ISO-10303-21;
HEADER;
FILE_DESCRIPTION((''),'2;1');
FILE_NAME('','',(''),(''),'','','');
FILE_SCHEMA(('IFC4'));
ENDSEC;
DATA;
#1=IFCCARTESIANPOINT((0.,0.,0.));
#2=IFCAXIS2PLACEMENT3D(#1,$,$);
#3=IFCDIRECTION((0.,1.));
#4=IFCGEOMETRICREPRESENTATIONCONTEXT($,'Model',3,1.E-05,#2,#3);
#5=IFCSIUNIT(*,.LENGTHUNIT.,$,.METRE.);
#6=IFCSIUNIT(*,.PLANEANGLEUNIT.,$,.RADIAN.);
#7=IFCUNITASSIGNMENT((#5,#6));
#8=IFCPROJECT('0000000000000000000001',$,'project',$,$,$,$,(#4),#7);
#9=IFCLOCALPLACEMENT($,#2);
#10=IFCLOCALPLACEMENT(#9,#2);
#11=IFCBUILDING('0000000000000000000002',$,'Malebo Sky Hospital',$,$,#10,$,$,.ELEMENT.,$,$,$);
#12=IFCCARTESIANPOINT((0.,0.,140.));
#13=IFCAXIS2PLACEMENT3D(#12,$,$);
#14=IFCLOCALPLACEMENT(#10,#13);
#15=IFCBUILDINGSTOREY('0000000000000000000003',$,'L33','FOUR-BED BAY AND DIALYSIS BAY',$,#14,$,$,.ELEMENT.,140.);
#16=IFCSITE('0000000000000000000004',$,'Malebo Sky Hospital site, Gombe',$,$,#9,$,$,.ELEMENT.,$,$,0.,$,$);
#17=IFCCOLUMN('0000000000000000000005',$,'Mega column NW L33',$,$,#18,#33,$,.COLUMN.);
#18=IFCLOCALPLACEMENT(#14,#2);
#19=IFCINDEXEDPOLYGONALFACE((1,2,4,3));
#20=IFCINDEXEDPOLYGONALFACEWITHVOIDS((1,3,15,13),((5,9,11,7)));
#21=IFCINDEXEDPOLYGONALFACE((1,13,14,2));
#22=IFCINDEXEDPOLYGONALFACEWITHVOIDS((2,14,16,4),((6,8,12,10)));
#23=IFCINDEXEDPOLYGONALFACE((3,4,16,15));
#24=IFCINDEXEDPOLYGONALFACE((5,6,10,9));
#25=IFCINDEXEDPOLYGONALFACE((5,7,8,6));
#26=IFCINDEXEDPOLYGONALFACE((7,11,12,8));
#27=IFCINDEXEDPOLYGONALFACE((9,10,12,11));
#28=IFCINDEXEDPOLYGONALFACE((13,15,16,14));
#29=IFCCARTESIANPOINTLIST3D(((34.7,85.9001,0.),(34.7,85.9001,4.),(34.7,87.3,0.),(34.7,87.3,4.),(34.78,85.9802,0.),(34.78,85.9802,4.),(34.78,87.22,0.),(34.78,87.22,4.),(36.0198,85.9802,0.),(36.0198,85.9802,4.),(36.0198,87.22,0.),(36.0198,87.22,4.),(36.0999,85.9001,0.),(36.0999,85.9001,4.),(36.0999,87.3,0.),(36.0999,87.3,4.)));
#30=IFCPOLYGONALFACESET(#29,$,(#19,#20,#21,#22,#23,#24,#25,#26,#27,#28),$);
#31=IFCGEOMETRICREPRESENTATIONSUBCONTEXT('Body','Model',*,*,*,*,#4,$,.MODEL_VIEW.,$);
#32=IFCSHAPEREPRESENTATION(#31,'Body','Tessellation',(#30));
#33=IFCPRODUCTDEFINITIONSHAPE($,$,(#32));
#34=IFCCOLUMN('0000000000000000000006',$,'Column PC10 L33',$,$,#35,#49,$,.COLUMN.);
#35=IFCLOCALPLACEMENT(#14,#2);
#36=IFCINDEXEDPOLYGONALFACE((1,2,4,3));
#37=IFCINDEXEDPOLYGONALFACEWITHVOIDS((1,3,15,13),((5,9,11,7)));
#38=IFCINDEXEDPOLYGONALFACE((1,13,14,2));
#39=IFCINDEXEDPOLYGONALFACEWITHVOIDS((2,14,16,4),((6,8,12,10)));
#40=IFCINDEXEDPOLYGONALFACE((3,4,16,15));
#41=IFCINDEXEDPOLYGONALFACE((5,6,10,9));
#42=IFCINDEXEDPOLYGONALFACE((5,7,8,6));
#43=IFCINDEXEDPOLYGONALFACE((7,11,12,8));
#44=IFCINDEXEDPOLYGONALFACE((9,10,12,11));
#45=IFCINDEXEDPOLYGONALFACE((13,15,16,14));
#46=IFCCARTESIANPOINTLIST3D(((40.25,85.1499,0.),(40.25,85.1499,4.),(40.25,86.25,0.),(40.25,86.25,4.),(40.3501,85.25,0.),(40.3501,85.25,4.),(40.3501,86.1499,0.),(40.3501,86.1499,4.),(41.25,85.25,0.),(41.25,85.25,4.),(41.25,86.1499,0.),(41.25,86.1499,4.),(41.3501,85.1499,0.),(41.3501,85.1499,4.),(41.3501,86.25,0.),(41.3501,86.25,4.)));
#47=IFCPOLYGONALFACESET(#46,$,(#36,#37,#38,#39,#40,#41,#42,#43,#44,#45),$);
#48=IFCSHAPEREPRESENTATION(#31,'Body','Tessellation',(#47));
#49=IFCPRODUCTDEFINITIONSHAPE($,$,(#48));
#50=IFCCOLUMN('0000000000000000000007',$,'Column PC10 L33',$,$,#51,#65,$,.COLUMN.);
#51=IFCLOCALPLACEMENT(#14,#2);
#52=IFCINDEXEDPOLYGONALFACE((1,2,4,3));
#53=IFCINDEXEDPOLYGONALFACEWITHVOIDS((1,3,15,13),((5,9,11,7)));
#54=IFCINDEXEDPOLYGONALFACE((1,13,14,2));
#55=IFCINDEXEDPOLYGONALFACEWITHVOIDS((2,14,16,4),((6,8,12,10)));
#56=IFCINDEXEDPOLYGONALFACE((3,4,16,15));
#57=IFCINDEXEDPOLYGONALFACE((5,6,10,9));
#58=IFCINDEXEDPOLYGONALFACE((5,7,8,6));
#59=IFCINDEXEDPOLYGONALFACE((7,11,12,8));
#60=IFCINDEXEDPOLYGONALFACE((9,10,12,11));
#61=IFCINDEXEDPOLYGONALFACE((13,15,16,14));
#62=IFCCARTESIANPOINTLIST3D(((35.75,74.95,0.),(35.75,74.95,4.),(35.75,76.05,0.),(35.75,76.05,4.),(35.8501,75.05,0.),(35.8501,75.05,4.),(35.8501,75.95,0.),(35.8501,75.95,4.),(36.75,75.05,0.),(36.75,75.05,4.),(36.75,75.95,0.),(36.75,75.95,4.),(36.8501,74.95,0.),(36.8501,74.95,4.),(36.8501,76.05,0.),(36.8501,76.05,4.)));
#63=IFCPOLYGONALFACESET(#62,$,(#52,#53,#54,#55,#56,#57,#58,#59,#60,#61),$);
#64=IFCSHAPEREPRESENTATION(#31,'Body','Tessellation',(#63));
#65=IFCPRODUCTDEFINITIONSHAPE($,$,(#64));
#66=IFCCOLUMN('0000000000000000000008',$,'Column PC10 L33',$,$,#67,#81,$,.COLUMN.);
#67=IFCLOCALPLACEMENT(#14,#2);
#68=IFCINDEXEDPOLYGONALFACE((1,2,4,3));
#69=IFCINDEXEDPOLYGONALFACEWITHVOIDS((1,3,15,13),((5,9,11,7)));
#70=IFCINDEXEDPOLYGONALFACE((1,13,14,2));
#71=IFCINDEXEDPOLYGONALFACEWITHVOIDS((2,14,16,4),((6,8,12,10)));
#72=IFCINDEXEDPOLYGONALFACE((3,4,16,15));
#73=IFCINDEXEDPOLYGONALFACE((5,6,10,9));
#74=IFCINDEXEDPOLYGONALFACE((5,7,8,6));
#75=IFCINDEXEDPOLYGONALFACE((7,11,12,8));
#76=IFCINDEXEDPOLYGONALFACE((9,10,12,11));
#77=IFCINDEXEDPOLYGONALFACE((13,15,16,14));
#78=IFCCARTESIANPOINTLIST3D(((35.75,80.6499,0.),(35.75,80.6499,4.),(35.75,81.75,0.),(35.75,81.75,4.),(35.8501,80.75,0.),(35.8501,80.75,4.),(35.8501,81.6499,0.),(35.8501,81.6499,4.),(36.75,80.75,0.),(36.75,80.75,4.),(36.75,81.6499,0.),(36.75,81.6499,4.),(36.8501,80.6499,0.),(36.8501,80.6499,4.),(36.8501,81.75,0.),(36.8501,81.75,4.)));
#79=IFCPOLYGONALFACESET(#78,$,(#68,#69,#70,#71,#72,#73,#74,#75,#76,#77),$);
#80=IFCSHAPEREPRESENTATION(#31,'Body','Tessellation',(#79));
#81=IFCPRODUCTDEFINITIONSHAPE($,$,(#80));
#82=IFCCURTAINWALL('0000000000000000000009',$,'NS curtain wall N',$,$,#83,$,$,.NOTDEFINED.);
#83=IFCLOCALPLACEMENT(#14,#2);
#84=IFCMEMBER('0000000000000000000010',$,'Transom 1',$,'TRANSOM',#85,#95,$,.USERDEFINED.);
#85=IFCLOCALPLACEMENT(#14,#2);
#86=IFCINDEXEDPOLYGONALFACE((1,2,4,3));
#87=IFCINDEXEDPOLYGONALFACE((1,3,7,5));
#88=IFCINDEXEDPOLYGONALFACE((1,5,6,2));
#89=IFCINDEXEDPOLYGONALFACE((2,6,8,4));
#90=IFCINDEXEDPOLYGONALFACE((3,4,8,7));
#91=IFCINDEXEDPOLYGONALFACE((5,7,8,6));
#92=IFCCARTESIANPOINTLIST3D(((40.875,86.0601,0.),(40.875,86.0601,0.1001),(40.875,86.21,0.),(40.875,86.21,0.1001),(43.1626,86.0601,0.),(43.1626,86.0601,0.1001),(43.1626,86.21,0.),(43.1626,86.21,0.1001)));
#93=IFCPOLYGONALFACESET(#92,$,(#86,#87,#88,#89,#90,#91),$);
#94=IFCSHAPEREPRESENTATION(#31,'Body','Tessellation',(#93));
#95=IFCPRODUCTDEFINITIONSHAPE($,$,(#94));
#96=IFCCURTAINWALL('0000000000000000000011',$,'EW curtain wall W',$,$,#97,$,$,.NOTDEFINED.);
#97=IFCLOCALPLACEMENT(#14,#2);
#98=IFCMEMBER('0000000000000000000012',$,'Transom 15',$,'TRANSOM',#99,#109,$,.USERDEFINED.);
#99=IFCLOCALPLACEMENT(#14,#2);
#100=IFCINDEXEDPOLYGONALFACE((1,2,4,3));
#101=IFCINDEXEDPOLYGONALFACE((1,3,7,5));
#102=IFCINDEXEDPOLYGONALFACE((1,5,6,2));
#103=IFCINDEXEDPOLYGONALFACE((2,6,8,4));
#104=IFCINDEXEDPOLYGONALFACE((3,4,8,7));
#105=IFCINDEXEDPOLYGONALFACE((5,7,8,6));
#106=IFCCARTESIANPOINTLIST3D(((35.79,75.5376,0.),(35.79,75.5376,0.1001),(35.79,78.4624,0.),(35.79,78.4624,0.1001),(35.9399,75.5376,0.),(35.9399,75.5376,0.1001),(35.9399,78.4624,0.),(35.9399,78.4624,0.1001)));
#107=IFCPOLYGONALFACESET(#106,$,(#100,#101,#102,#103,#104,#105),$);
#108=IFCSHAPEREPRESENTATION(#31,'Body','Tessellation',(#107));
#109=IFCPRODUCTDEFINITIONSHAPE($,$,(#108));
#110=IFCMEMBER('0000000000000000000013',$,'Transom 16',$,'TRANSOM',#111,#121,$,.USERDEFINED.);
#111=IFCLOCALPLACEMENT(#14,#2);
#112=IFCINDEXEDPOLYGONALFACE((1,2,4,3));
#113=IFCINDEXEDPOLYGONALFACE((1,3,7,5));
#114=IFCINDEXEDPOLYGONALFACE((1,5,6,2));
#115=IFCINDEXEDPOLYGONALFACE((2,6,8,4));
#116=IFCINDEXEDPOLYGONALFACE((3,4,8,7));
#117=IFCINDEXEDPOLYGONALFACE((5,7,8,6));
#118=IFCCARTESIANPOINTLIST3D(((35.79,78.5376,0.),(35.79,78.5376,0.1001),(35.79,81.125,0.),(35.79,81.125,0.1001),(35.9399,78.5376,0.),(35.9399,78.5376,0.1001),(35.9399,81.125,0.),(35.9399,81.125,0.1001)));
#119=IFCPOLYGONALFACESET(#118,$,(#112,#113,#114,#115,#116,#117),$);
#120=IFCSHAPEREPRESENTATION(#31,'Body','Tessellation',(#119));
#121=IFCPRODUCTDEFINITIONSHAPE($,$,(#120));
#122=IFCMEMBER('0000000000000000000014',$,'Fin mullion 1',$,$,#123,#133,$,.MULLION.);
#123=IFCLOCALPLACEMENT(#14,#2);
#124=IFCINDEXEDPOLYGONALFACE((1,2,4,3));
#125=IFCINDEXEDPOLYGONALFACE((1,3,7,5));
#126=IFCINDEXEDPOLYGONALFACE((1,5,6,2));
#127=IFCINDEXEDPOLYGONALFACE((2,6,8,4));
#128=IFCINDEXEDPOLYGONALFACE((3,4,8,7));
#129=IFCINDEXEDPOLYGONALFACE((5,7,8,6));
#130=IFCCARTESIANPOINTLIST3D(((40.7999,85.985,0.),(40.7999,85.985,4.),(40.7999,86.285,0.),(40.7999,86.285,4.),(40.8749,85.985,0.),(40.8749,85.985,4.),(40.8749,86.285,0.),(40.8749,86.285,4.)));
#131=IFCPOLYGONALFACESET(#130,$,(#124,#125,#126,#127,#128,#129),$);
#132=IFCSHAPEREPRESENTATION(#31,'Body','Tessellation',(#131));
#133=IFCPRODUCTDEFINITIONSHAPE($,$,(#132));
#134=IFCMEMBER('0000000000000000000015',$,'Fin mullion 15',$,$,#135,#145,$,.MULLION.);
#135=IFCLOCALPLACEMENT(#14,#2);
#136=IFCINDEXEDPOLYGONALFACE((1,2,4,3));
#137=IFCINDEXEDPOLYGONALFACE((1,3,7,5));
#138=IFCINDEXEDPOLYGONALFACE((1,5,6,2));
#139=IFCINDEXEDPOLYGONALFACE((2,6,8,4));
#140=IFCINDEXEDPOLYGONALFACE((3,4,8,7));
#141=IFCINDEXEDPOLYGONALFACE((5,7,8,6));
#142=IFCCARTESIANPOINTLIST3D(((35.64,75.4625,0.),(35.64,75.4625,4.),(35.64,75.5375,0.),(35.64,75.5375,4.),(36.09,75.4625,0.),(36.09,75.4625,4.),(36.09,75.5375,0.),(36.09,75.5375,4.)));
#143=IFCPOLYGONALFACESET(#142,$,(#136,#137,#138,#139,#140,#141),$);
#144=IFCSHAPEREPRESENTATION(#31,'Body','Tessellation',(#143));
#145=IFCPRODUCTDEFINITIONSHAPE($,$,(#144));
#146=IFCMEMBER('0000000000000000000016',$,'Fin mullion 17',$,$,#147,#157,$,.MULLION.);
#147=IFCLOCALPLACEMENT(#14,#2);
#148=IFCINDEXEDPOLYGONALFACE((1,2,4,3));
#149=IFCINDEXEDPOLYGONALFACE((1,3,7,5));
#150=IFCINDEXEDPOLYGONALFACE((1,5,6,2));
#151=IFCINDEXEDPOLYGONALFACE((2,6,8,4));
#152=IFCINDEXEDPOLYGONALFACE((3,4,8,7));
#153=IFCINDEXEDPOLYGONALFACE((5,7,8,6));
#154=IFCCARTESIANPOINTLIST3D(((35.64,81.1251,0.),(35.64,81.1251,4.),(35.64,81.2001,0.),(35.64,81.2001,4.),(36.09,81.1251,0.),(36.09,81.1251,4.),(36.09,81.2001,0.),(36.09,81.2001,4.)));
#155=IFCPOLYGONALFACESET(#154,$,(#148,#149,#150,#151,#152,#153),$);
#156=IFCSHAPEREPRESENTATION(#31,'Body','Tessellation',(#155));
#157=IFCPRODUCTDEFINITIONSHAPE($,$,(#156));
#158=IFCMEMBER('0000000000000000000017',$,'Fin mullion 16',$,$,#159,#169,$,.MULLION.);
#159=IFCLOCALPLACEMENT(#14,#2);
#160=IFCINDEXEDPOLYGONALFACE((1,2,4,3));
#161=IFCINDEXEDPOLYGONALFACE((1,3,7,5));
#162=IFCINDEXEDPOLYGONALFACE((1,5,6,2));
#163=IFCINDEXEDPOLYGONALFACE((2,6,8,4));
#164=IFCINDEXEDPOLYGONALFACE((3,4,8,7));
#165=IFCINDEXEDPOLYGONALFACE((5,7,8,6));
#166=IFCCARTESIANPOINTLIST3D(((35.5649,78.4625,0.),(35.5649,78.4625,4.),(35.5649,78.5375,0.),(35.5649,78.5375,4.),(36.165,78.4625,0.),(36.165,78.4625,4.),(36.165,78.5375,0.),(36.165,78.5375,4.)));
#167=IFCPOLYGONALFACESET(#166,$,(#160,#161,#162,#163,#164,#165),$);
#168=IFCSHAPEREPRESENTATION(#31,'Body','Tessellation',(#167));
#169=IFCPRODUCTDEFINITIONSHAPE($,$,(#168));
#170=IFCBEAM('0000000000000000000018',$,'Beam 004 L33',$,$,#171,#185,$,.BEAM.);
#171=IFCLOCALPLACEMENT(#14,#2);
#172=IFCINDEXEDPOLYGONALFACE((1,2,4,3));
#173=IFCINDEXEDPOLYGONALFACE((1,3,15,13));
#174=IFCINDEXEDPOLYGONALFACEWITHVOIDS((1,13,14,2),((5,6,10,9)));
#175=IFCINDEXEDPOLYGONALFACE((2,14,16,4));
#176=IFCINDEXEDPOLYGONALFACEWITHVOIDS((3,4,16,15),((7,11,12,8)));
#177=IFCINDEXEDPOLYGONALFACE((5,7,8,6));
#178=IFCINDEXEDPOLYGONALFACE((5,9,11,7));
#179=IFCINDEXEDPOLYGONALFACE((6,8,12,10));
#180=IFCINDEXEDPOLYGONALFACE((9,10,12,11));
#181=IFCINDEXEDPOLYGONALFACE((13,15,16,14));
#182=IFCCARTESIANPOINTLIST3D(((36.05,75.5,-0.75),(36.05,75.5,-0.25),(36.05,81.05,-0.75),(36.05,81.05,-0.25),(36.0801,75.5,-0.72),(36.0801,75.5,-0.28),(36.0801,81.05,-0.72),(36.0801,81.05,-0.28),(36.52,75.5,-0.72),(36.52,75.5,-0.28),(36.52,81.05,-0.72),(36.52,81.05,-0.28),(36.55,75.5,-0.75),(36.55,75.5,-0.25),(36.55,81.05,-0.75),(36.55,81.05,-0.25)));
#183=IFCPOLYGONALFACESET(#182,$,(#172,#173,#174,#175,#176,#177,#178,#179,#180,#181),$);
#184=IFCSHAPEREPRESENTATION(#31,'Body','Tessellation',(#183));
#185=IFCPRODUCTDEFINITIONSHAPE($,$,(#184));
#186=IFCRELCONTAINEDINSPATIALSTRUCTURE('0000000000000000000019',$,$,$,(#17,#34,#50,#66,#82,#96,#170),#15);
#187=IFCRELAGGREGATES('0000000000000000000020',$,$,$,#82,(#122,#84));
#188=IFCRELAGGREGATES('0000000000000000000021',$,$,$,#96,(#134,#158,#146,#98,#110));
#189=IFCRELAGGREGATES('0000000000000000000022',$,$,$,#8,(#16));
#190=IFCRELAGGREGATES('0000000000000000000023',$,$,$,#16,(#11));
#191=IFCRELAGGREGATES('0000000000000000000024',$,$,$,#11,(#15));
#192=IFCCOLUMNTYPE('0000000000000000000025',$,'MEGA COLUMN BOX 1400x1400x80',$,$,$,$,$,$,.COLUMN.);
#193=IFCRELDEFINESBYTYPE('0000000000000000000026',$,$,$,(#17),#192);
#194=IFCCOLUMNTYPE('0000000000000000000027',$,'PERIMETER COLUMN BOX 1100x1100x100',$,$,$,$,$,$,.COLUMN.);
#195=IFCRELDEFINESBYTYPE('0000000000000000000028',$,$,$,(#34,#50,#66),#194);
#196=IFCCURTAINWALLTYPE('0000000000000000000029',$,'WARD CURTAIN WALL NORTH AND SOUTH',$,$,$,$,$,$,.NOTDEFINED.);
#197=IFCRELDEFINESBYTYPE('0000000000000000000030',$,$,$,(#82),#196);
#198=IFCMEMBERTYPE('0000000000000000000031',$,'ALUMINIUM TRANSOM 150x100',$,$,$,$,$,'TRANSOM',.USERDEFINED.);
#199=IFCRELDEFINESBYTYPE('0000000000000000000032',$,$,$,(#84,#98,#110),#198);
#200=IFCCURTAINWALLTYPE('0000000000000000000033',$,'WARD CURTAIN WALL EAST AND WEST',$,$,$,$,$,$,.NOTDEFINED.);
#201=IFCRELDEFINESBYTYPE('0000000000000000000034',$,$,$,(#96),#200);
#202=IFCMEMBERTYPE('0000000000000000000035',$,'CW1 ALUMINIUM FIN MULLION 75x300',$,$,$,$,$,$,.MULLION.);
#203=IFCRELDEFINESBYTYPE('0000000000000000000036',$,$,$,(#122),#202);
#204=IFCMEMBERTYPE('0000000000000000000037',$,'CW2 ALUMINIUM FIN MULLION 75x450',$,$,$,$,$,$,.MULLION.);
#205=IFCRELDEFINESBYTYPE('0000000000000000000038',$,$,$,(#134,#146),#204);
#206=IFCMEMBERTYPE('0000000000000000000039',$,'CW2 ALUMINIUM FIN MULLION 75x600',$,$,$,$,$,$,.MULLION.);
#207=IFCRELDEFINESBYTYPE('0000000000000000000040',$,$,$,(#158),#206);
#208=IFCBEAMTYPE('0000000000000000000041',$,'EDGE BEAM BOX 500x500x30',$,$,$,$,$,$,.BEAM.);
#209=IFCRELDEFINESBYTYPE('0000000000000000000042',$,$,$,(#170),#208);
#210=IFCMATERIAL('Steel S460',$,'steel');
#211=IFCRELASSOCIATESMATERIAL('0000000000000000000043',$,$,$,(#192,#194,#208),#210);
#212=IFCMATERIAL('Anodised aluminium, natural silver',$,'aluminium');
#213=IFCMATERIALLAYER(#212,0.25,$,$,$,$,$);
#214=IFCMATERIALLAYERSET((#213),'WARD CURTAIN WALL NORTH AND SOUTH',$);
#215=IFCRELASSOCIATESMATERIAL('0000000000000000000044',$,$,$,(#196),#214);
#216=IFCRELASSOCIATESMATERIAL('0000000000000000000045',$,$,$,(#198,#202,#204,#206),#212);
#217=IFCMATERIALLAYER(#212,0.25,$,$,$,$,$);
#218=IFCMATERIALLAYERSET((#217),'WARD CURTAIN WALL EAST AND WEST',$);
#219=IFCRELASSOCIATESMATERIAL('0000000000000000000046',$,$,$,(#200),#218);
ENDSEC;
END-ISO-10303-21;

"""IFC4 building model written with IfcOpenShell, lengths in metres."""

from ifc_helpers import new_model, si_unit, direction, frame, origin, origin_2d, place, context, subcontext, project, spatial, rectangle, hollow_rectangle, extrude, material, layer, layer_set, material_profile, profile_set, type_object, element, aggregate, save


model = new_model("IFC4")

# Units and contexts
model_context = context("Model", 3, precision=1e-05, world=origin(), true_north=direction((0.0, 1.0)))
body_context = subcontext(model_context, "Body", "Model", "MODEL_VIEW")
ifc_project = project(units=[si_unit("LENGTHUNIT", "METRE"), si_unit("PLANEANGLEUNIT", "RADIAN")], contexts=[model_context])

# Site, building, storey
site_placement = place(None, origin())
site = spatial("IfcSite", under=ifc_project, at=site_placement, Name="Malebo Sky Hospital site, Gombe", CompositionType="ELEMENT", RefElevation=0.0)
building_placement = place(site_placement, origin())
building = spatial("IfcBuilding", under=site, at=building_placement, Name="Malebo Sky Hospital", CompositionType="ELEMENT")
storey_placement = place(building_placement, frame((0.0, 0.0, 140.0)))
storey = spatial("IfcBuildingStorey", under=building, at=storey_placement, Name="L33", Description="FOUR-BED BAY AND DIALYSIS BAY", CompositionType="ELEMENT", Elevation=140.0)

# Columns
ifc_material_1 = material(Name="Steel S460", Category="steel")
ifc_material_profile_1 = material_profile(ifc_material_1, hollow_rectangle(XDim=1.3999, YDim=1.3999, WallThickness=0.0801, at=origin_2d()), Name="BOX 1400x1400x80")
ifc_profile_set_1 = profile_set([ifc_material_profile_1], Name="Steel S460")
column_type_1 = type_object("IfcColumnType", Name="MEGA COLUMN BOX 1400x1400x80", PredefinedType="COLUMN", material=ifc_profile_set_1)
column_placement = place(storey_placement, frame((35.3999, 86.6001, 0.0), z_axis=(0.0, 0.0, 1.0), x_axis=(1.0, 0.0, 0.0)))
element("IfcColumn", 1, at=column_placement, inside=storey, type_object=column_type_1, Name="Mega column NW L33", PredefinedType="COLUMN", context=body_context, shape_type="SweptSolid", body=[
    extrude(hollow_rectangle(XDim=1.3999, YDim=1.3999, WallThickness=0.0801, at=origin_2d()), origin(), (0.0, 0.0, 1.0), 4.0),
])
ifc_material_profile_2 = material_profile(ifc_material_1, hollow_rectangle(XDim=1.1001, YDim=1.1001, WallThickness=0.1001, at=origin_2d()), Name="BOX 1100x1100x100")
ifc_profile_set_2 = profile_set([ifc_material_profile_2], Name="Steel S460")
column_type_2 = type_object("IfcColumnType", Name="PERIMETER COLUMN BOX 1100x1100x100", PredefinedType="COLUMN", material=ifc_profile_set_2)
for number, where, z_axis, x_axis, name in (
    (2, (40.8, 85.7, 0.0), (0.0, 0.0, 1.0), (1.0, 0.0, 0.0), "Column PC10 L33"),
    (3, (36.3, 75.5, 0.0), (0.0, 0.0, 1.0), (1.0, 0.0, 0.0), "Column PC10 L33"),
    (4, (36.3, 81.2, 0.0), (0.0, 0.0, 1.0), (1.0, 0.0, 0.0), "Column PC10 L33"),
):
    element("IfcColumn", number, at=place(storey_placement, frame(where, z_axis=z_axis, x_axis=x_axis)), inside=storey, type_object=column_type_2, Name=name, PredefinedType="COLUMN", context=body_context, shape_type="SweptSolid", body=[
        extrude(hollow_rectangle(XDim=1.1001, YDim=1.1001, WallThickness=0.1001, at=origin_2d()), origin(), (0.0, 0.0, 1.0), 4.0),
    ])

# Curtain wall, member
ifc_material_2 = material(Name="Anodised aluminium, natural silver", Category="aluminium")
ifc_layer_1 = layer(ifc_material_2, 0.25)
ifc_layer_set_1 = layer_set([ifc_layer_1], Name="WARD CURTAIN WALL NORTH AND SOUTH")
curtain_wall_type_1 = type_object("IfcCurtainWallType", Name="WARD CURTAIN WALL NORTH AND SOUTH", PredefinedType="NOTDEFINED", material=ifc_layer_set_1)
curtain_wall_1_placement = place(storey_placement, origin())
curtain_wall_1 = element("IfcCurtainWall", 5, at=curtain_wall_1_placement, inside=storey, type_object=curtain_wall_type_1, Name="NS curtain wall N", PredefinedType="NOTDEFINED")
ifc_material_profile_3 = material_profile(ifc_material_2, rectangle(XDim=0.1499, YDim=0.1001, at=origin_2d()), Name="ALUMINIUM TRANSOM 150x100")
ifc_profile_set_3 = profile_set([ifc_material_profile_3], Name="Anodised aluminium, natural silver")
member_type_1 = type_object("IfcMemberType", Name="ALUMINIUM TRANSOM 150x100", ElementType="TRANSOM", PredefinedType="USERDEFINED", material=ifc_profile_set_3)
member_1_placement = place(storey_placement, frame((40.875, 86.135, 0.05), z_axis=(1.0, 0.0, 0.0), x_axis=(0.0, 1.0, 0.0)))
member_1 = element("IfcMember", 6, at=member_1_placement, type_object=member_type_1, Name="Transom 1", ObjectType="TRANSOM", PredefinedType="USERDEFINED", context=body_context, shape_type="SweptSolid", body=[
    extrude(rectangle(XDim=0.1499, YDim=0.1001, at=origin_2d()), origin(), (0.0, 0.0, 1.0), 2.2876),
])

# Curtain wall, members
ifc_layer_2 = layer(ifc_material_2, 0.25)
ifc_layer_set_2 = layer_set([ifc_layer_2], Name="WARD CURTAIN WALL EAST AND WEST")
curtain_wall_type_2 = type_object("IfcCurtainWallType", Name="WARD CURTAIN WALL EAST AND WEST", PredefinedType="NOTDEFINED", material=ifc_layer_set_2)
curtain_wall_2_placement = place(storey_placement, origin())
curtain_wall_2 = element("IfcCurtainWall", 7, at=curtain_wall_2_placement, inside=storey, type_object=curtain_wall_type_2, Name="EW curtain wall W", PredefinedType="NOTDEFINED")
member_2_placement = place(storey_placement, frame((35.865, 75.5376, 0.05), z_axis=(0.0, 1.0, 0.0), x_axis=(-1.0, 0.0, 0.0)))
member_2 = element("IfcMember", 8, at=member_2_placement, type_object=member_type_1, Name="Transom 15", ObjectType="TRANSOM", PredefinedType="USERDEFINED", context=body_context, shape_type="SweptSolid", body=[
    extrude(rectangle(XDim=0.1499, YDim=0.1001, at=origin_2d()), origin(), (0.0, 0.0, 1.0), 2.9248),
])
member_3_placement = place(storey_placement, frame((35.865, 78.5376, 0.05), z_axis=(0.0, 1.0, 0.0), x_axis=(-1.0, 0.0, 0.0)))
member_3 = element("IfcMember", 9, at=member_3_placement, type_object=member_type_1, Name="Transom 16", ObjectType="TRANSOM", PredefinedType="USERDEFINED", context=body_context, shape_type="SweptSolid", body=[
    extrude(rectangle(XDim=0.1499, YDim=0.1001, at=origin_2d()), origin(), (0.0, 0.0, 1.0), 2.5874),
])

# Members
ifc_material_profile_4 = material_profile(ifc_material_2, rectangle(XDim=0.075, YDim=0.3, at=origin_2d()), Name="CW1 ALUMINIUM FIN MULLION 75x300")
ifc_profile_set_4 = profile_set([ifc_material_profile_4], Name="Anodised aluminium, natural silver")
member_type_2 = type_object("IfcMemberType", Name="CW1 ALUMINIUM FIN MULLION 75x300", PredefinedType="MULLION", material=ifc_profile_set_4)
member_4_placement = place(storey_placement, frame((40.8374, 86.135, 0.0), z_axis=(0.0, 0.0, 1.0), x_axis=(1.0, 0.0, 0.0)))
member_4 = element("IfcMember", 10, at=member_4_placement, type_object=member_type_2, Name="Fin mullion 1", PredefinedType="MULLION", context=body_context, shape_type="SweptSolid", body=[
    extrude(rectangle(XDim=0.075, YDim=0.3, at=origin_2d()), origin(), (0.0, 0.0, 1.0), 4.0),
])
ifc_material_profile_5 = material_profile(ifc_material_2, rectangle(XDim=0.075, YDim=0.45, at=origin_2d()), Name="CW2 ALUMINIUM FIN MULLION 75x450")
ifc_profile_set_5 = profile_set([ifc_material_profile_5], Name="Anodised aluminium, natural silver")
member_type_3 = type_object("IfcMemberType", Name="CW2 ALUMINIUM FIN MULLION 75x450", PredefinedType="MULLION", material=ifc_profile_set_5)
member_5_placement = place(storey_placement, frame((35.865, 75.5, 0.0), z_axis=(0.0, 0.0, 1.0), x_axis=(0.0, 1.0, 0.0)))
member_5 = element("IfcMember", 11, at=member_5_placement, type_object=member_type_3, Name="Fin mullion 15", PredefinedType="MULLION", context=body_context, shape_type="SweptSolid", body=[
    extrude(rectangle(XDim=0.075, YDim=0.45, at=origin_2d()), origin(), (0.0, 0.0, 1.0), 4.0),
])
member_6_placement = place(storey_placement, frame((35.865, 81.1626, 0.0), z_axis=(0.0, 0.0, 1.0), x_axis=(0.0, 1.0, 0.0)))
member_6 = element("IfcMember", 12, at=member_6_placement, type_object=member_type_3, Name="Fin mullion 17", PredefinedType="MULLION", context=body_context, shape_type="SweptSolid", body=[
    extrude(rectangle(XDim=0.075, YDim=0.45, at=origin_2d()), origin(), (0.0, 0.0, 1.0), 4.0),
])
ifc_material_profile_6 = material_profile(ifc_material_2, rectangle(XDim=0.075, YDim=0.6001, at=origin_2d()), Name="CW2 ALUMINIUM FIN MULLION 75x600")
ifc_profile_set_6 = profile_set([ifc_material_profile_6], Name="Anodised aluminium, natural silver")
member_type_4 = type_object("IfcMemberType", Name="CW2 ALUMINIUM FIN MULLION 75x600", PredefinedType="MULLION", material=ifc_profile_set_6)
member_7_placement = place(storey_placement, frame((35.865, 78.5, 0.0), z_axis=(0.0, 0.0, 1.0), x_axis=(0.0, 1.0, 0.0)))
member_7 = element("IfcMember", 13, at=member_7_placement, type_object=member_type_4, Name="Fin mullion 16", PredefinedType="MULLION", context=body_context, shape_type="SweptSolid", body=[
    extrude(rectangle(XDim=0.075, YDim=0.6001, at=origin_2d()), origin(), (0.0, 0.0, 1.0), 4.0),
])

# Beam
ifc_material_profile_7 = material_profile(ifc_material_1, hollow_rectangle(XDim=0.5, YDim=0.5, WallThickness=0.03, at=origin_2d()), Name="BOX 500x500x30")
ifc_profile_set_7 = profile_set([ifc_material_profile_7], Name="Steel S460")
beam_type_1 = type_object("IfcBeamType", Name="EDGE BEAM BOX 500x500x30", PredefinedType="BEAM", material=ifc_profile_set_7)
for number, where, z_axis, x_axis, name in (
    (14, (36.3, 75.5, -0.5), (0.0, 1.0, 0.0), (-1.0, 0.0, 0.0), "Beam 004 L33"),
):
    element("IfcBeam", number, at=place(storey_placement, frame(where, z_axis=z_axis, x_axis=x_axis)), inside=storey, type_object=beam_type_1, Name=name, PredefinedType="BEAM", context=body_context, shape_type="SweptSolid", body=[
        extrude(hollow_rectangle(XDim=0.5, YDim=0.5, WallThickness=0.03, at=origin_2d()), origin(), (0.0, 0.0, 1.0), 5.55),
    ])

aggregate(curtain_wall_1, [member_4, member_1])
aggregate(curtain_wall_2, [member_5, member_7, member_6, member_2, member_3])

save(model, "model.ifc")
